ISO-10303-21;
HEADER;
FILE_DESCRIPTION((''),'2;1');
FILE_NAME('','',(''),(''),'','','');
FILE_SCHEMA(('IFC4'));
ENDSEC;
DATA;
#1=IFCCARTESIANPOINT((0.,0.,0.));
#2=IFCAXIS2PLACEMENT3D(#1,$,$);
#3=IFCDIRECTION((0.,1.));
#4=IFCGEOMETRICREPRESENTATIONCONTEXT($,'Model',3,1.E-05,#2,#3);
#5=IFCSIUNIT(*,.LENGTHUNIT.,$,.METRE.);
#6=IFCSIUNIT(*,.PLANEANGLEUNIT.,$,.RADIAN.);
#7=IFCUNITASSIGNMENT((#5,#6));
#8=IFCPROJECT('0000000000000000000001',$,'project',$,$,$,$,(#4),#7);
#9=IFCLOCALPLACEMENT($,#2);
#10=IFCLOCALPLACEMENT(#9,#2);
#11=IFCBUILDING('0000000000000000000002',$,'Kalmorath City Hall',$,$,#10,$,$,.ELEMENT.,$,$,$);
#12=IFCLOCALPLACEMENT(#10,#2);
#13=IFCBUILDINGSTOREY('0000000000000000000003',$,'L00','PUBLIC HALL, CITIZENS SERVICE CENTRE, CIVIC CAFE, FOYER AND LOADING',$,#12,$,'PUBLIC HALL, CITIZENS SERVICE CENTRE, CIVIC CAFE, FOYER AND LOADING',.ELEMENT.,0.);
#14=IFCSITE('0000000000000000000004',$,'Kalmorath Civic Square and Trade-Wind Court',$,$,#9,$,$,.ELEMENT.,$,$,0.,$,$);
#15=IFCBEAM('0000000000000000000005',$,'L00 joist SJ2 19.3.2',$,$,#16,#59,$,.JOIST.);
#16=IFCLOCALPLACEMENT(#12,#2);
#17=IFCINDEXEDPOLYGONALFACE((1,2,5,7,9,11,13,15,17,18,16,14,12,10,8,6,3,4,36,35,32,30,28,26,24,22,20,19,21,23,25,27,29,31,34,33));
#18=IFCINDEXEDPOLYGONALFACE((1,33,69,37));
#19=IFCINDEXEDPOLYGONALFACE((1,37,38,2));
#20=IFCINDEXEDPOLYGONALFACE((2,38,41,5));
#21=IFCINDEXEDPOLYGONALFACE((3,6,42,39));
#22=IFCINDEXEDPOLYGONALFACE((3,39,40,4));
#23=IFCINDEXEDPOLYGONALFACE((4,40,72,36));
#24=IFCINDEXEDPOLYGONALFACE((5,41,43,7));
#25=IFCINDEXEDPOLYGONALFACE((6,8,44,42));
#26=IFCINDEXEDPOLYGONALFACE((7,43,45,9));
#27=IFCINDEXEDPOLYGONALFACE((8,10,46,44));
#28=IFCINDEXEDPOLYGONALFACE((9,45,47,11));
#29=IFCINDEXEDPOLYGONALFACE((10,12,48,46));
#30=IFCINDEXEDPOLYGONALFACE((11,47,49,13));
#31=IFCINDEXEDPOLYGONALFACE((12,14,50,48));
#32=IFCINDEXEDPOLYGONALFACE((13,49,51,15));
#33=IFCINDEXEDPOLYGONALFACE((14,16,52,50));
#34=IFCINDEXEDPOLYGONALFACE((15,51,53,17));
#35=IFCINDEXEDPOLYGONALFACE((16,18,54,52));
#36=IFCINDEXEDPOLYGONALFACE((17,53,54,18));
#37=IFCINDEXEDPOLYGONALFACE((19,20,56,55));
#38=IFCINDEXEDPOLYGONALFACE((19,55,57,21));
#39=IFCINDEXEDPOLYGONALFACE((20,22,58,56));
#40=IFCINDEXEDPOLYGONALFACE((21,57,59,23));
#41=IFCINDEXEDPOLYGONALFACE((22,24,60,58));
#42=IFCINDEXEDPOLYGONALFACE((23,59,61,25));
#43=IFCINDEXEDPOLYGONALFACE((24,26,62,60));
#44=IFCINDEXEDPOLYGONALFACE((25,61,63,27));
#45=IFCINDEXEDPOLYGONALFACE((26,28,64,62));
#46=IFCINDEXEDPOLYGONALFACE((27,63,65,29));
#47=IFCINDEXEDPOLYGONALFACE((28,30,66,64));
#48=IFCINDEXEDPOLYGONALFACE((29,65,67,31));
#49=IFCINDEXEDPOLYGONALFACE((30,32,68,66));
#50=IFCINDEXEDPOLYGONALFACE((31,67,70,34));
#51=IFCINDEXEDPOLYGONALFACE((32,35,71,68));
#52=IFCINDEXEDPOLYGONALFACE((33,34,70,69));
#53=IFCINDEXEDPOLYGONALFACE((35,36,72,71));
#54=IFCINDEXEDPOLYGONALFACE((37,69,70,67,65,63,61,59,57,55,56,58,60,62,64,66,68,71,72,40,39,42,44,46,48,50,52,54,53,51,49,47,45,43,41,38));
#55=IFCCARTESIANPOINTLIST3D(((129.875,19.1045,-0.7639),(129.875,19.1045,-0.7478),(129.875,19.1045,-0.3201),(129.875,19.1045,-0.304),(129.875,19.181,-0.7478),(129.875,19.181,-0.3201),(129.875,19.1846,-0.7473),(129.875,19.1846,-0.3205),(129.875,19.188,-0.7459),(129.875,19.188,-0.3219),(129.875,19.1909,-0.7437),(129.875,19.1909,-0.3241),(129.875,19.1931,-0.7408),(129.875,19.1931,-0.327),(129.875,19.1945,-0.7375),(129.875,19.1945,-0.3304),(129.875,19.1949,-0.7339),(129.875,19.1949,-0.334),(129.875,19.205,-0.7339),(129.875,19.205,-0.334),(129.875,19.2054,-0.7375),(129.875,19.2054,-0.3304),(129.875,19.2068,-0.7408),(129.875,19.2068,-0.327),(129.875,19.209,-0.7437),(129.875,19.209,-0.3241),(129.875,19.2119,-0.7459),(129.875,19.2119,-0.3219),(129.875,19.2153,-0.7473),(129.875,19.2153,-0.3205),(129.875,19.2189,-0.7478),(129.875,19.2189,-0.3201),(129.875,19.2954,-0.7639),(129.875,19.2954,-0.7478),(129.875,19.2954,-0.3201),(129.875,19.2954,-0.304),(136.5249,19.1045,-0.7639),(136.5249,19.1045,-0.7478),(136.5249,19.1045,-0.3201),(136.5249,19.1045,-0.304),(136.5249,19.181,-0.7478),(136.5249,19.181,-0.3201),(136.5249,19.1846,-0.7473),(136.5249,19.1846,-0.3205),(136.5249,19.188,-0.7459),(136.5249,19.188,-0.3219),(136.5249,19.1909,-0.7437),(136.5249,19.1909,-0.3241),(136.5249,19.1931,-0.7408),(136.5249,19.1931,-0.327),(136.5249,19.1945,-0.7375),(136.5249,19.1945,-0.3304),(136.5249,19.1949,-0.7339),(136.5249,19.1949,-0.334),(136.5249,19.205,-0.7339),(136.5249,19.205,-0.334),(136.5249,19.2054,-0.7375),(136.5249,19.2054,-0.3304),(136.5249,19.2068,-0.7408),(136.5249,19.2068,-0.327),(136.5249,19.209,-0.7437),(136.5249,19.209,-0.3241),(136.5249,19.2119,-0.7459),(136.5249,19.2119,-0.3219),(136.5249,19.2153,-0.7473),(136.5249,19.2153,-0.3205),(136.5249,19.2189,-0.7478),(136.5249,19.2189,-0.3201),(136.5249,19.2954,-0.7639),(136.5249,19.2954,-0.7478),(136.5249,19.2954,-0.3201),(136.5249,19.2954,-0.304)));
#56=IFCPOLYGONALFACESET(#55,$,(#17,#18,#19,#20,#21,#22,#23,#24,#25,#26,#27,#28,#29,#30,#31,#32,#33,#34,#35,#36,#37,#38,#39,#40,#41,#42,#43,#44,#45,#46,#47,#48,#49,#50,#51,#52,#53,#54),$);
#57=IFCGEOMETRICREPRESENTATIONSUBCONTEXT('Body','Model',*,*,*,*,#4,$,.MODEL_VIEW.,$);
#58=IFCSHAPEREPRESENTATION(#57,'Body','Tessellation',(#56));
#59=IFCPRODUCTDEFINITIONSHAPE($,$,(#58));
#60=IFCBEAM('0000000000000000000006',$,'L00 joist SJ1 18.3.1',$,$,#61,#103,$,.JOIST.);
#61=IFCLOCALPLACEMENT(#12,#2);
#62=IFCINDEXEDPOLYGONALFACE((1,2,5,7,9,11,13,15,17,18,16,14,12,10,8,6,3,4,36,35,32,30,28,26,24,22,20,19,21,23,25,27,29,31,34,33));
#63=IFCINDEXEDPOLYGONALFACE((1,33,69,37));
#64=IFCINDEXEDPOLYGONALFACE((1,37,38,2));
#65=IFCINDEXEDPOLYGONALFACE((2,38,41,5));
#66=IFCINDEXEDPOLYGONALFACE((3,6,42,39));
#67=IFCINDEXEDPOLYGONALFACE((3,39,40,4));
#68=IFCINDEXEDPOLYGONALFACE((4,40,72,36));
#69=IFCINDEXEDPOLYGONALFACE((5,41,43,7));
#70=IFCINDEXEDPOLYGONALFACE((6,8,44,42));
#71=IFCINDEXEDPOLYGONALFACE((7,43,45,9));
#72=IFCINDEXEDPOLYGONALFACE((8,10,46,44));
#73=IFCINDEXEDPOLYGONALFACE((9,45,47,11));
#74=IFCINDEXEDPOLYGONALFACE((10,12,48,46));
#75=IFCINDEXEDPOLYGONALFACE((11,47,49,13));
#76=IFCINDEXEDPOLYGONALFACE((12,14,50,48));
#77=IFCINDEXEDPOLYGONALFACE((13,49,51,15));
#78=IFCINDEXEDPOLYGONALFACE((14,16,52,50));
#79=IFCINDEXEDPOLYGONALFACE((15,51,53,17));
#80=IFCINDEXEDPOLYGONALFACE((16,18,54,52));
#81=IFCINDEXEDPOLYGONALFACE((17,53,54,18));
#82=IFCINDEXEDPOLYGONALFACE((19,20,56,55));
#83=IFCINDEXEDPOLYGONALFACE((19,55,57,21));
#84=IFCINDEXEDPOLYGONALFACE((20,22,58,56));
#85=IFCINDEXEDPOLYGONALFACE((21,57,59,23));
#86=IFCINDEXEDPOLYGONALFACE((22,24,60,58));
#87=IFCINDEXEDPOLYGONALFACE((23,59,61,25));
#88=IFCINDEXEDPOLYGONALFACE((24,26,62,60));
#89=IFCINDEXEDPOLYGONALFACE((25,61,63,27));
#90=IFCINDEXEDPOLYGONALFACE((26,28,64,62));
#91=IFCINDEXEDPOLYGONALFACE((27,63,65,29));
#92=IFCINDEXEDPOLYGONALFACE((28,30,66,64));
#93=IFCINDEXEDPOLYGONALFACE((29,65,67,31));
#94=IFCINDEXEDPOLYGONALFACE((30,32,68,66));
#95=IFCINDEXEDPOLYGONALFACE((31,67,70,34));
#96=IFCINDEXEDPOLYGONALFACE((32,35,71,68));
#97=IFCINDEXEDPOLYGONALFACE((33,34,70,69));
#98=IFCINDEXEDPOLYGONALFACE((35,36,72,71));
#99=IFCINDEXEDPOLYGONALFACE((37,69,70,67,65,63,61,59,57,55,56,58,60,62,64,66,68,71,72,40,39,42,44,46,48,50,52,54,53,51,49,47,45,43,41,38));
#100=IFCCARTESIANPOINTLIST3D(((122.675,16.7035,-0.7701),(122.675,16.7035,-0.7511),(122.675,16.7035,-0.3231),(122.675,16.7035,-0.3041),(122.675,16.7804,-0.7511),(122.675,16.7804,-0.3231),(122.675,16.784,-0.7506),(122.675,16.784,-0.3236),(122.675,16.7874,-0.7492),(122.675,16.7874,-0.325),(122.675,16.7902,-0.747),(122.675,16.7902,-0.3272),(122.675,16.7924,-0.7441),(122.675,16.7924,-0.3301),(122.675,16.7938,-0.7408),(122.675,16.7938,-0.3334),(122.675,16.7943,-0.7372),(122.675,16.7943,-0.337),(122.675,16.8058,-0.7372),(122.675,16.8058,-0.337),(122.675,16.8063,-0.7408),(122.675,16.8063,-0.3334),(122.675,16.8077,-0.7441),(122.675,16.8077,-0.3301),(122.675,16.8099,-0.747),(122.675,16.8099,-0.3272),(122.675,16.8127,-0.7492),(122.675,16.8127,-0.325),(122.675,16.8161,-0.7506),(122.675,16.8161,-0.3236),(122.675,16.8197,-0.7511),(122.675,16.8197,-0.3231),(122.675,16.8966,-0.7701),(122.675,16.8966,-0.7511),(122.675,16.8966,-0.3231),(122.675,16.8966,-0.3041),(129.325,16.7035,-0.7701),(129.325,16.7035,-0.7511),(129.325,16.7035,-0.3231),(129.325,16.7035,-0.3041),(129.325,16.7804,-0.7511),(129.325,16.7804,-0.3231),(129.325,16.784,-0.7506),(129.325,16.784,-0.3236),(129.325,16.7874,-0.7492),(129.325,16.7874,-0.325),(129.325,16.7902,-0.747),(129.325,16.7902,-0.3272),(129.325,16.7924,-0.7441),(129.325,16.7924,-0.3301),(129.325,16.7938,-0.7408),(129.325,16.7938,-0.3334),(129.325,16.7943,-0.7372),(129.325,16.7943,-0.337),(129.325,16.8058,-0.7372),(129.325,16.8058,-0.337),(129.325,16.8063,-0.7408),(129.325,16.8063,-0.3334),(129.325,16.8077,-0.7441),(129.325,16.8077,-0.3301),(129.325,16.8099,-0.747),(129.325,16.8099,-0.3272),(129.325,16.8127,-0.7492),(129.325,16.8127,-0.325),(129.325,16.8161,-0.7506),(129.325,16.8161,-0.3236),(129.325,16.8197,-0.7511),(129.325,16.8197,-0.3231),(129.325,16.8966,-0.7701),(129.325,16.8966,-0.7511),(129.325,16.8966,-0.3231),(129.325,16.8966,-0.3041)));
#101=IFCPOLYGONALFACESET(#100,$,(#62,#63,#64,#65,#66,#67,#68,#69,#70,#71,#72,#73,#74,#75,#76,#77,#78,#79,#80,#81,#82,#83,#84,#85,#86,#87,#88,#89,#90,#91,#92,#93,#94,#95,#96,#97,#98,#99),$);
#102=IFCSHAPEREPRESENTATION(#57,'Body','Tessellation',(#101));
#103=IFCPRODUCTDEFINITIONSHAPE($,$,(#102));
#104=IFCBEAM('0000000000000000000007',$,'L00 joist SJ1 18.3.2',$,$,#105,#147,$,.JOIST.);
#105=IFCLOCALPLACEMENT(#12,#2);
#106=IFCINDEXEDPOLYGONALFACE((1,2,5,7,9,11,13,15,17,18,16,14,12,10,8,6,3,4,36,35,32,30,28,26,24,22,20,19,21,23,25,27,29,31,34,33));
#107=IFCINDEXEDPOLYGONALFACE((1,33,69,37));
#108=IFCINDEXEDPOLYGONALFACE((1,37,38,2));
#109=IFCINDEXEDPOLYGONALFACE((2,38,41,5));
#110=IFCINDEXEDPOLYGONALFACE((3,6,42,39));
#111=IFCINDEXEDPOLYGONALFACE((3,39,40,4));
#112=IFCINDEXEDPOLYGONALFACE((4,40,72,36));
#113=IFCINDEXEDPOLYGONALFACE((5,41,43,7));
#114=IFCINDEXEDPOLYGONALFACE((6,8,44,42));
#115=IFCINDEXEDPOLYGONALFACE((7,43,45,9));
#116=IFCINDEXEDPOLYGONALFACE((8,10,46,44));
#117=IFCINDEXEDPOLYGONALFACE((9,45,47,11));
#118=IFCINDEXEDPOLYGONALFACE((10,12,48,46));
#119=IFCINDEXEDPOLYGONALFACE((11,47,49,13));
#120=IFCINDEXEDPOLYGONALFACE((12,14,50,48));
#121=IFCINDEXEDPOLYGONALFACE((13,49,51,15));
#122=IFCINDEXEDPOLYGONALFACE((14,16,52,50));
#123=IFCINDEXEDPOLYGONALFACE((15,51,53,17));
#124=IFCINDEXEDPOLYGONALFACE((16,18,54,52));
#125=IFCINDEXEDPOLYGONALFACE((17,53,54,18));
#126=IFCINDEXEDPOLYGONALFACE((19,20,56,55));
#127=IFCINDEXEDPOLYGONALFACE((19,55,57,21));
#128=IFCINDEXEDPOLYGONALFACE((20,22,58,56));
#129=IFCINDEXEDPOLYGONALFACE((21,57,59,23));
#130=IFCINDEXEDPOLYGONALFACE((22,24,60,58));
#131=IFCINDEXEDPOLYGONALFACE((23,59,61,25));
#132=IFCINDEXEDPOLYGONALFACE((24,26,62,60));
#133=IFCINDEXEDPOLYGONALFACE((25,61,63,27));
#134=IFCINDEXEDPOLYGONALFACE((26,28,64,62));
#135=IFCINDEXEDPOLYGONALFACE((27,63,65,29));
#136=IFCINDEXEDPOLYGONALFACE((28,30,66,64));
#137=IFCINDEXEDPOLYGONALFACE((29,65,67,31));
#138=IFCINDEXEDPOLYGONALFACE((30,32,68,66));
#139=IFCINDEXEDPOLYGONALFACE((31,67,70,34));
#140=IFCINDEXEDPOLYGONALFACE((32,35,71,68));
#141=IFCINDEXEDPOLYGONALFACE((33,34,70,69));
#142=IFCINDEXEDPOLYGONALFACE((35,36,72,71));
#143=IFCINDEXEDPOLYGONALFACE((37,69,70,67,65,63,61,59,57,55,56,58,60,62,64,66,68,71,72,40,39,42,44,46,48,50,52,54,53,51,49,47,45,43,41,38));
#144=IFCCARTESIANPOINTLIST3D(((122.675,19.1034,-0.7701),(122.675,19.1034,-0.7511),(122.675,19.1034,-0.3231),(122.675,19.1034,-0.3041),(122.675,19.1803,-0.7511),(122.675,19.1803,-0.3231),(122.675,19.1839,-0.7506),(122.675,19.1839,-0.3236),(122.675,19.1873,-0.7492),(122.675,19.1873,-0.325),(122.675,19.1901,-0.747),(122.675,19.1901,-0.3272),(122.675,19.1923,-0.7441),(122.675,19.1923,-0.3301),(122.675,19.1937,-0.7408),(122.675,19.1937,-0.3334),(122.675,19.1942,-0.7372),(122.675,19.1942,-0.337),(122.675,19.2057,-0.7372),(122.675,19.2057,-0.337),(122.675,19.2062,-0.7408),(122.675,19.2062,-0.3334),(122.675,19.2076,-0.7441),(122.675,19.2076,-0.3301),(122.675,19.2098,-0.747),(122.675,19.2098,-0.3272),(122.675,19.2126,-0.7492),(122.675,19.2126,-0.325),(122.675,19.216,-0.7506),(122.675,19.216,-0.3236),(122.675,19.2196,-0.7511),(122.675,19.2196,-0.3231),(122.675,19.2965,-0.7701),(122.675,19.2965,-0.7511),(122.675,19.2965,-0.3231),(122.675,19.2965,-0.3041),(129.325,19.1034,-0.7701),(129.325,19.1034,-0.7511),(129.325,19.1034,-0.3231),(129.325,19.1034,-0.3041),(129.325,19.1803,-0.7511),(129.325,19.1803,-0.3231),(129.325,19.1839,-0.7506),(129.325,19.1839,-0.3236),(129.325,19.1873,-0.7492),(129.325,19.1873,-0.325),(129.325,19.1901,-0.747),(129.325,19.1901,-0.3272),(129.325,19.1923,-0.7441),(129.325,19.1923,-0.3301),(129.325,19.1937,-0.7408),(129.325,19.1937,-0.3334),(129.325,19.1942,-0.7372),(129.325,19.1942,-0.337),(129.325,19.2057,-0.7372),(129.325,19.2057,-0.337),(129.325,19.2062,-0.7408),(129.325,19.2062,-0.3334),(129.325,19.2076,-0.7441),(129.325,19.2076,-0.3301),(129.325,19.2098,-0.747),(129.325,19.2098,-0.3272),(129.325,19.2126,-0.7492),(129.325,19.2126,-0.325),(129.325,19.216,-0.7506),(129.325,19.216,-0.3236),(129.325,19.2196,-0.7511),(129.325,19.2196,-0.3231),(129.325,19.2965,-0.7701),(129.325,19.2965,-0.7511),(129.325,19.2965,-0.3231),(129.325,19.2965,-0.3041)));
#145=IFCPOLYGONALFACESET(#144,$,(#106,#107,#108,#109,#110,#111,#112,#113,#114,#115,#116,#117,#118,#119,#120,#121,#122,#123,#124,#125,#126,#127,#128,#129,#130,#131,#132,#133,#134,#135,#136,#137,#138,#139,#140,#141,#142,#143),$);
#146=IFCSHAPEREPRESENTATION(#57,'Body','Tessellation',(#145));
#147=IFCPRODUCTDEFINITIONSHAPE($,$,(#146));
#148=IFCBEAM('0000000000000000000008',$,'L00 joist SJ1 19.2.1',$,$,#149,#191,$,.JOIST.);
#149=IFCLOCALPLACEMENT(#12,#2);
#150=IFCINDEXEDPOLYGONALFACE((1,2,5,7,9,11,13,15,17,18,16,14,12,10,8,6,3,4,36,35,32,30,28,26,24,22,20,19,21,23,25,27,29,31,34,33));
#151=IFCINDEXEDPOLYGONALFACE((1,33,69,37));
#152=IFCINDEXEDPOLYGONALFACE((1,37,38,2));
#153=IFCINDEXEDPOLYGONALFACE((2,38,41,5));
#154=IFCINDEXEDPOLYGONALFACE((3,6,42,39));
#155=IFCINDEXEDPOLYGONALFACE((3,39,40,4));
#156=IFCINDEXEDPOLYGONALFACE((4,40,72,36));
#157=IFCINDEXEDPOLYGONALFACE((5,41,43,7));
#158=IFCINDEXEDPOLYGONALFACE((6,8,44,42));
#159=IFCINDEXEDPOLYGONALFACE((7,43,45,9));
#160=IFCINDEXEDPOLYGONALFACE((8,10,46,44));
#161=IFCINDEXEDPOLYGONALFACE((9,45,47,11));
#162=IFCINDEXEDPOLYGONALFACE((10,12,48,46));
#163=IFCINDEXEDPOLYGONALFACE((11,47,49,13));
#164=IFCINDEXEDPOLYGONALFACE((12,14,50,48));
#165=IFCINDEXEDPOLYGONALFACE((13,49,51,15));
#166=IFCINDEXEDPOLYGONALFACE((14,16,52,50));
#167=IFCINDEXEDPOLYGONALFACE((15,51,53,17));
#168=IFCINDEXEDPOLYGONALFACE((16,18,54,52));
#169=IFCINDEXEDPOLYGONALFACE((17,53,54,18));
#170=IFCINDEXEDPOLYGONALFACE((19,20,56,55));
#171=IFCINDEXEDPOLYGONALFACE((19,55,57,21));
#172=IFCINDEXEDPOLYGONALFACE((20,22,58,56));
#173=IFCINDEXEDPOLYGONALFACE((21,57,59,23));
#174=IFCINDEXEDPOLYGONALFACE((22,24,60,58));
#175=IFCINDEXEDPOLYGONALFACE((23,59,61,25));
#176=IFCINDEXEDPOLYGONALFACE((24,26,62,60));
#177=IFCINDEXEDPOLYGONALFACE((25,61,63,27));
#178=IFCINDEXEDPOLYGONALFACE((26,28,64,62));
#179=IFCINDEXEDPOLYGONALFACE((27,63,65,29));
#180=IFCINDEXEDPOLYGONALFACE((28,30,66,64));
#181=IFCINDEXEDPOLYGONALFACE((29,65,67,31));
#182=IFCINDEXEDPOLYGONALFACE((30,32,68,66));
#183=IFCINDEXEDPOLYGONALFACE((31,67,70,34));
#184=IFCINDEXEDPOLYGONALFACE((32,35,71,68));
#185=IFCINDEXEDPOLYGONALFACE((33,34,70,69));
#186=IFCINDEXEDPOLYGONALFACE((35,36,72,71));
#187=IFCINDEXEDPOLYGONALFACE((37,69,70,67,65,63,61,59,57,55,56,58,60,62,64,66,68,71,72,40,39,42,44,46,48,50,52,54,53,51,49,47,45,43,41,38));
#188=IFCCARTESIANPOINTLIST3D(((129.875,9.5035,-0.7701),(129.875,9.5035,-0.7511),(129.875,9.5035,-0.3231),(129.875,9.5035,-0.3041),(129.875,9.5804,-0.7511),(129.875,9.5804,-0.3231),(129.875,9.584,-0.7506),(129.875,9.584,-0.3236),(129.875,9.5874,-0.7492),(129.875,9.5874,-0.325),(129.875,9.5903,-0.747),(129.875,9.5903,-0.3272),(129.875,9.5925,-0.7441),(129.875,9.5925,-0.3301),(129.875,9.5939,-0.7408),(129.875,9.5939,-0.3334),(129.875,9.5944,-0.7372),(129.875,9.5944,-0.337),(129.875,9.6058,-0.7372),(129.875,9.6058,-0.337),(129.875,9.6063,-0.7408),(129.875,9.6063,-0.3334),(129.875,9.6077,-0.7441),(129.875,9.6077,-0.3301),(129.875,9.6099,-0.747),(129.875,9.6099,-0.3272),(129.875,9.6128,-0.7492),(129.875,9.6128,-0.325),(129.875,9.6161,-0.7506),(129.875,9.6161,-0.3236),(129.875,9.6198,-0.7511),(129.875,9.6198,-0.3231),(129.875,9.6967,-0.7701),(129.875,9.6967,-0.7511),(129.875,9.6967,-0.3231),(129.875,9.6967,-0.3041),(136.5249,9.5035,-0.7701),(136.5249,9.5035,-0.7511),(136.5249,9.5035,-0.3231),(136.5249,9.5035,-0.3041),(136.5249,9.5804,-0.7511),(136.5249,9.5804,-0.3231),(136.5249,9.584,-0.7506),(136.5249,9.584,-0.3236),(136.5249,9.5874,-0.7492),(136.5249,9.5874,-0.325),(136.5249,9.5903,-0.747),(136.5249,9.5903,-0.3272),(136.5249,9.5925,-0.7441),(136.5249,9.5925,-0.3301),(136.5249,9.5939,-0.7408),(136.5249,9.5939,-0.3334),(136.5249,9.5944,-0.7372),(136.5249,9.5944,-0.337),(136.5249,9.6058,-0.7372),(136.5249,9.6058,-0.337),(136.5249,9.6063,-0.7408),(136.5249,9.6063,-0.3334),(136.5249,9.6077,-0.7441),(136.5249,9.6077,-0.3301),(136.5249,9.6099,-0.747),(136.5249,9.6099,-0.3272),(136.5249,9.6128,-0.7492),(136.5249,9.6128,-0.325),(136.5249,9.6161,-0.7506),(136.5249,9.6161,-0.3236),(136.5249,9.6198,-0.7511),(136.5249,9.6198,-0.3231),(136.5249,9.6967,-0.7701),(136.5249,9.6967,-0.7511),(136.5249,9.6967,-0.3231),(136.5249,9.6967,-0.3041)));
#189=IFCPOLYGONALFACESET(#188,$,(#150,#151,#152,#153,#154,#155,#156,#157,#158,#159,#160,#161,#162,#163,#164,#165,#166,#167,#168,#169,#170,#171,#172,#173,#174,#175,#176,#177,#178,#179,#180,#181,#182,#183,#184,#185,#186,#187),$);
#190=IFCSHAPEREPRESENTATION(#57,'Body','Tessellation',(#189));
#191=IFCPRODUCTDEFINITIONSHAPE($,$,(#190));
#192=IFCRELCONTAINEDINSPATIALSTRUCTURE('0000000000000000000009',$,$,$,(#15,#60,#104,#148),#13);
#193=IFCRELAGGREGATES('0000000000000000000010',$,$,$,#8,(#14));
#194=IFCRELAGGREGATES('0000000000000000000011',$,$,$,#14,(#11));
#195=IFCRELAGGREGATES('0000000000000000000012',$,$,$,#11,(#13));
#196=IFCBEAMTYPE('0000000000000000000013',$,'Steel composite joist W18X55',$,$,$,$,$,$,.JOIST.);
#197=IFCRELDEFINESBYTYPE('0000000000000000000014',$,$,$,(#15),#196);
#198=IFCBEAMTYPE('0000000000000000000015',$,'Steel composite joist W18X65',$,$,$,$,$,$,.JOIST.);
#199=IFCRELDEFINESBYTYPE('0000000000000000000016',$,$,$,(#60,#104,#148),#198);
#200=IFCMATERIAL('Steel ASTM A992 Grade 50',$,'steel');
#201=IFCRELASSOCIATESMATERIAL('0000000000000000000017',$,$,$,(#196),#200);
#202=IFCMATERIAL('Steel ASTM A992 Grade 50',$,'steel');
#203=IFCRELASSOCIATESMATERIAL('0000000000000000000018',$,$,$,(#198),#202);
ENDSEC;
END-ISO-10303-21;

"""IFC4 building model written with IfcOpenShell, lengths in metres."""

from ifc_helpers import new_model, si_unit, direction, frame, origin, origin_2d, place, context, subcontext, project, spatial, i_section, extrude, material, material_profile, profile_set, type_object, element, save


model = new_model("IFC4")

# Units and contexts
model_context = context("Model", 3, precision=1e-05, world=origin(), true_north=direction((0.0, 1.0)))
body_context = subcontext(model_context, "Body", "Model", "MODEL_VIEW")
ifc_project = project(units=[si_unit("LENGTHUNIT", "METRE"), si_unit("PLANEANGLEUNIT", "RADIAN")], contexts=[model_context])

# Site, building, storey
site_placement = place(None, origin())
site = spatial("IfcSite", under=ifc_project, at=site_placement, Name="Kalmorath Civic Square and Trade-Wind Court", CompositionType="ELEMENT", RefElevation=0.0)
building_placement = place(site_placement, origin())
building = spatial("IfcBuilding", under=site, at=building_placement, Name="Kalmorath City Hall", CompositionType="ELEMENT")
storey_placement = place(building_placement, origin())
storey = spatial("IfcBuildingStorey", under=building, at=storey_placement, Name="L00", Description="PUBLIC HALL, CITIZENS SERVICE CENTRE, CIVIC CAFE, FOYER AND LOADING", LongName="PUBLIC HALL, CITIZENS SERVICE CENTRE, CIVIC CAFE, FOYER AND LOADING", CompositionType="ELEMENT", Elevation=0.0)

# Beams
ifc_material_1 = material(Name="Steel ASTM A992 Grade 50", Category="steel")
ifc_material_profile_1 = material_profile(ifc_material_1, i_section(OverallWidth=0.1909, OverallDepth=0.46, WebThickness=0.01, FlangeThickness=0.0161, FilletRadius=0.0139, at=origin_2d()), Name="W18X55")
ifc_profile_set_1 = profile_set([ifc_material_profile_1], Name="Steel ASTM A992 Grade 50")
beam_type_1 = type_object("IfcBeamType", Name="Steel composite joist W18X55", PredefinedType="JOIST", material=ifc_profile_set_1)
for number, where, z_axis, x_axis, name in (
    (1, (129.875, 19.2, -0.5339), (1.0, 0.0, 0.0), (0.0, 1.0, 0.0), "L00 joist SJ2 19.3.2"),
):
    element("IfcBeam", number, at=place(storey_placement, frame(where, z_axis=z_axis, x_axis=x_axis)), inside=storey, type_object=beam_type_1, Name=name, PredefinedType="JOIST", context=body_context, shape_type="SweptSolid", body=[
        extrude(i_section(OverallWidth=0.1909, OverallDepth=0.46, WebThickness=0.01, FlangeThickness=0.0161, FilletRadius=0.0139, at=origin_2d()), origin(), (0.0, 0.0, 1.0), 6.6499),
    ])
ifc_material_2 = material(Name="Steel ASTM A992 Grade 50", Category="steel")
ifc_material_profile_2 = material_profile(ifc_material_2, i_section(OverallWidth=0.1931, OverallDepth=0.4661, WebThickness=0.0115, FlangeThickness=0.019, FilletRadius=0.0139, at=origin_2d()), Name="W18X65")
ifc_profile_set_2 = profile_set([ifc_material_profile_2], Name="Steel ASTM A992 Grade 50")
beam_type_2 = type_object("IfcBeamType", Name="Steel composite joist W18X65", PredefinedType="JOIST", material=ifc_profile_set_2)
for number, where, z_axis, x_axis, name in (
    (2, (122.675, 16.8, -0.5371), (1.0, 0.0, 0.0), (0.0, 1.0, 0.0), "L00 joist SJ1 18.3.1"),
    (3, (122.675, 19.2, -0.5371), (1.0, 0.0, 0.0), (0.0, 1.0, 0.0), "L00 joist SJ1 18.3.2"),
    (4, (129.875, 9.6001, -0.5371), (1.0, 0.0, 0.0), (0.0, 1.0, 0.0), "L00 joist SJ1 19.2.1"),
):
    element("IfcBeam", number, at=place(storey_placement, frame(where, z_axis=z_axis, x_axis=x_axis)), inside=storey, type_object=beam_type_2, Name=name, PredefinedType="JOIST", context=body_context, shape_type="SweptSolid", body=[
        extrude(i_section(OverallWidth=0.1931, OverallDepth=0.4661, WebThickness=0.0115, FlangeThickness=0.019, FilletRadius=0.0139, at=origin_2d()), origin(), (0.0, 0.0, 1.0), 6.6499),
    ])

save(model, "model.ifc")
